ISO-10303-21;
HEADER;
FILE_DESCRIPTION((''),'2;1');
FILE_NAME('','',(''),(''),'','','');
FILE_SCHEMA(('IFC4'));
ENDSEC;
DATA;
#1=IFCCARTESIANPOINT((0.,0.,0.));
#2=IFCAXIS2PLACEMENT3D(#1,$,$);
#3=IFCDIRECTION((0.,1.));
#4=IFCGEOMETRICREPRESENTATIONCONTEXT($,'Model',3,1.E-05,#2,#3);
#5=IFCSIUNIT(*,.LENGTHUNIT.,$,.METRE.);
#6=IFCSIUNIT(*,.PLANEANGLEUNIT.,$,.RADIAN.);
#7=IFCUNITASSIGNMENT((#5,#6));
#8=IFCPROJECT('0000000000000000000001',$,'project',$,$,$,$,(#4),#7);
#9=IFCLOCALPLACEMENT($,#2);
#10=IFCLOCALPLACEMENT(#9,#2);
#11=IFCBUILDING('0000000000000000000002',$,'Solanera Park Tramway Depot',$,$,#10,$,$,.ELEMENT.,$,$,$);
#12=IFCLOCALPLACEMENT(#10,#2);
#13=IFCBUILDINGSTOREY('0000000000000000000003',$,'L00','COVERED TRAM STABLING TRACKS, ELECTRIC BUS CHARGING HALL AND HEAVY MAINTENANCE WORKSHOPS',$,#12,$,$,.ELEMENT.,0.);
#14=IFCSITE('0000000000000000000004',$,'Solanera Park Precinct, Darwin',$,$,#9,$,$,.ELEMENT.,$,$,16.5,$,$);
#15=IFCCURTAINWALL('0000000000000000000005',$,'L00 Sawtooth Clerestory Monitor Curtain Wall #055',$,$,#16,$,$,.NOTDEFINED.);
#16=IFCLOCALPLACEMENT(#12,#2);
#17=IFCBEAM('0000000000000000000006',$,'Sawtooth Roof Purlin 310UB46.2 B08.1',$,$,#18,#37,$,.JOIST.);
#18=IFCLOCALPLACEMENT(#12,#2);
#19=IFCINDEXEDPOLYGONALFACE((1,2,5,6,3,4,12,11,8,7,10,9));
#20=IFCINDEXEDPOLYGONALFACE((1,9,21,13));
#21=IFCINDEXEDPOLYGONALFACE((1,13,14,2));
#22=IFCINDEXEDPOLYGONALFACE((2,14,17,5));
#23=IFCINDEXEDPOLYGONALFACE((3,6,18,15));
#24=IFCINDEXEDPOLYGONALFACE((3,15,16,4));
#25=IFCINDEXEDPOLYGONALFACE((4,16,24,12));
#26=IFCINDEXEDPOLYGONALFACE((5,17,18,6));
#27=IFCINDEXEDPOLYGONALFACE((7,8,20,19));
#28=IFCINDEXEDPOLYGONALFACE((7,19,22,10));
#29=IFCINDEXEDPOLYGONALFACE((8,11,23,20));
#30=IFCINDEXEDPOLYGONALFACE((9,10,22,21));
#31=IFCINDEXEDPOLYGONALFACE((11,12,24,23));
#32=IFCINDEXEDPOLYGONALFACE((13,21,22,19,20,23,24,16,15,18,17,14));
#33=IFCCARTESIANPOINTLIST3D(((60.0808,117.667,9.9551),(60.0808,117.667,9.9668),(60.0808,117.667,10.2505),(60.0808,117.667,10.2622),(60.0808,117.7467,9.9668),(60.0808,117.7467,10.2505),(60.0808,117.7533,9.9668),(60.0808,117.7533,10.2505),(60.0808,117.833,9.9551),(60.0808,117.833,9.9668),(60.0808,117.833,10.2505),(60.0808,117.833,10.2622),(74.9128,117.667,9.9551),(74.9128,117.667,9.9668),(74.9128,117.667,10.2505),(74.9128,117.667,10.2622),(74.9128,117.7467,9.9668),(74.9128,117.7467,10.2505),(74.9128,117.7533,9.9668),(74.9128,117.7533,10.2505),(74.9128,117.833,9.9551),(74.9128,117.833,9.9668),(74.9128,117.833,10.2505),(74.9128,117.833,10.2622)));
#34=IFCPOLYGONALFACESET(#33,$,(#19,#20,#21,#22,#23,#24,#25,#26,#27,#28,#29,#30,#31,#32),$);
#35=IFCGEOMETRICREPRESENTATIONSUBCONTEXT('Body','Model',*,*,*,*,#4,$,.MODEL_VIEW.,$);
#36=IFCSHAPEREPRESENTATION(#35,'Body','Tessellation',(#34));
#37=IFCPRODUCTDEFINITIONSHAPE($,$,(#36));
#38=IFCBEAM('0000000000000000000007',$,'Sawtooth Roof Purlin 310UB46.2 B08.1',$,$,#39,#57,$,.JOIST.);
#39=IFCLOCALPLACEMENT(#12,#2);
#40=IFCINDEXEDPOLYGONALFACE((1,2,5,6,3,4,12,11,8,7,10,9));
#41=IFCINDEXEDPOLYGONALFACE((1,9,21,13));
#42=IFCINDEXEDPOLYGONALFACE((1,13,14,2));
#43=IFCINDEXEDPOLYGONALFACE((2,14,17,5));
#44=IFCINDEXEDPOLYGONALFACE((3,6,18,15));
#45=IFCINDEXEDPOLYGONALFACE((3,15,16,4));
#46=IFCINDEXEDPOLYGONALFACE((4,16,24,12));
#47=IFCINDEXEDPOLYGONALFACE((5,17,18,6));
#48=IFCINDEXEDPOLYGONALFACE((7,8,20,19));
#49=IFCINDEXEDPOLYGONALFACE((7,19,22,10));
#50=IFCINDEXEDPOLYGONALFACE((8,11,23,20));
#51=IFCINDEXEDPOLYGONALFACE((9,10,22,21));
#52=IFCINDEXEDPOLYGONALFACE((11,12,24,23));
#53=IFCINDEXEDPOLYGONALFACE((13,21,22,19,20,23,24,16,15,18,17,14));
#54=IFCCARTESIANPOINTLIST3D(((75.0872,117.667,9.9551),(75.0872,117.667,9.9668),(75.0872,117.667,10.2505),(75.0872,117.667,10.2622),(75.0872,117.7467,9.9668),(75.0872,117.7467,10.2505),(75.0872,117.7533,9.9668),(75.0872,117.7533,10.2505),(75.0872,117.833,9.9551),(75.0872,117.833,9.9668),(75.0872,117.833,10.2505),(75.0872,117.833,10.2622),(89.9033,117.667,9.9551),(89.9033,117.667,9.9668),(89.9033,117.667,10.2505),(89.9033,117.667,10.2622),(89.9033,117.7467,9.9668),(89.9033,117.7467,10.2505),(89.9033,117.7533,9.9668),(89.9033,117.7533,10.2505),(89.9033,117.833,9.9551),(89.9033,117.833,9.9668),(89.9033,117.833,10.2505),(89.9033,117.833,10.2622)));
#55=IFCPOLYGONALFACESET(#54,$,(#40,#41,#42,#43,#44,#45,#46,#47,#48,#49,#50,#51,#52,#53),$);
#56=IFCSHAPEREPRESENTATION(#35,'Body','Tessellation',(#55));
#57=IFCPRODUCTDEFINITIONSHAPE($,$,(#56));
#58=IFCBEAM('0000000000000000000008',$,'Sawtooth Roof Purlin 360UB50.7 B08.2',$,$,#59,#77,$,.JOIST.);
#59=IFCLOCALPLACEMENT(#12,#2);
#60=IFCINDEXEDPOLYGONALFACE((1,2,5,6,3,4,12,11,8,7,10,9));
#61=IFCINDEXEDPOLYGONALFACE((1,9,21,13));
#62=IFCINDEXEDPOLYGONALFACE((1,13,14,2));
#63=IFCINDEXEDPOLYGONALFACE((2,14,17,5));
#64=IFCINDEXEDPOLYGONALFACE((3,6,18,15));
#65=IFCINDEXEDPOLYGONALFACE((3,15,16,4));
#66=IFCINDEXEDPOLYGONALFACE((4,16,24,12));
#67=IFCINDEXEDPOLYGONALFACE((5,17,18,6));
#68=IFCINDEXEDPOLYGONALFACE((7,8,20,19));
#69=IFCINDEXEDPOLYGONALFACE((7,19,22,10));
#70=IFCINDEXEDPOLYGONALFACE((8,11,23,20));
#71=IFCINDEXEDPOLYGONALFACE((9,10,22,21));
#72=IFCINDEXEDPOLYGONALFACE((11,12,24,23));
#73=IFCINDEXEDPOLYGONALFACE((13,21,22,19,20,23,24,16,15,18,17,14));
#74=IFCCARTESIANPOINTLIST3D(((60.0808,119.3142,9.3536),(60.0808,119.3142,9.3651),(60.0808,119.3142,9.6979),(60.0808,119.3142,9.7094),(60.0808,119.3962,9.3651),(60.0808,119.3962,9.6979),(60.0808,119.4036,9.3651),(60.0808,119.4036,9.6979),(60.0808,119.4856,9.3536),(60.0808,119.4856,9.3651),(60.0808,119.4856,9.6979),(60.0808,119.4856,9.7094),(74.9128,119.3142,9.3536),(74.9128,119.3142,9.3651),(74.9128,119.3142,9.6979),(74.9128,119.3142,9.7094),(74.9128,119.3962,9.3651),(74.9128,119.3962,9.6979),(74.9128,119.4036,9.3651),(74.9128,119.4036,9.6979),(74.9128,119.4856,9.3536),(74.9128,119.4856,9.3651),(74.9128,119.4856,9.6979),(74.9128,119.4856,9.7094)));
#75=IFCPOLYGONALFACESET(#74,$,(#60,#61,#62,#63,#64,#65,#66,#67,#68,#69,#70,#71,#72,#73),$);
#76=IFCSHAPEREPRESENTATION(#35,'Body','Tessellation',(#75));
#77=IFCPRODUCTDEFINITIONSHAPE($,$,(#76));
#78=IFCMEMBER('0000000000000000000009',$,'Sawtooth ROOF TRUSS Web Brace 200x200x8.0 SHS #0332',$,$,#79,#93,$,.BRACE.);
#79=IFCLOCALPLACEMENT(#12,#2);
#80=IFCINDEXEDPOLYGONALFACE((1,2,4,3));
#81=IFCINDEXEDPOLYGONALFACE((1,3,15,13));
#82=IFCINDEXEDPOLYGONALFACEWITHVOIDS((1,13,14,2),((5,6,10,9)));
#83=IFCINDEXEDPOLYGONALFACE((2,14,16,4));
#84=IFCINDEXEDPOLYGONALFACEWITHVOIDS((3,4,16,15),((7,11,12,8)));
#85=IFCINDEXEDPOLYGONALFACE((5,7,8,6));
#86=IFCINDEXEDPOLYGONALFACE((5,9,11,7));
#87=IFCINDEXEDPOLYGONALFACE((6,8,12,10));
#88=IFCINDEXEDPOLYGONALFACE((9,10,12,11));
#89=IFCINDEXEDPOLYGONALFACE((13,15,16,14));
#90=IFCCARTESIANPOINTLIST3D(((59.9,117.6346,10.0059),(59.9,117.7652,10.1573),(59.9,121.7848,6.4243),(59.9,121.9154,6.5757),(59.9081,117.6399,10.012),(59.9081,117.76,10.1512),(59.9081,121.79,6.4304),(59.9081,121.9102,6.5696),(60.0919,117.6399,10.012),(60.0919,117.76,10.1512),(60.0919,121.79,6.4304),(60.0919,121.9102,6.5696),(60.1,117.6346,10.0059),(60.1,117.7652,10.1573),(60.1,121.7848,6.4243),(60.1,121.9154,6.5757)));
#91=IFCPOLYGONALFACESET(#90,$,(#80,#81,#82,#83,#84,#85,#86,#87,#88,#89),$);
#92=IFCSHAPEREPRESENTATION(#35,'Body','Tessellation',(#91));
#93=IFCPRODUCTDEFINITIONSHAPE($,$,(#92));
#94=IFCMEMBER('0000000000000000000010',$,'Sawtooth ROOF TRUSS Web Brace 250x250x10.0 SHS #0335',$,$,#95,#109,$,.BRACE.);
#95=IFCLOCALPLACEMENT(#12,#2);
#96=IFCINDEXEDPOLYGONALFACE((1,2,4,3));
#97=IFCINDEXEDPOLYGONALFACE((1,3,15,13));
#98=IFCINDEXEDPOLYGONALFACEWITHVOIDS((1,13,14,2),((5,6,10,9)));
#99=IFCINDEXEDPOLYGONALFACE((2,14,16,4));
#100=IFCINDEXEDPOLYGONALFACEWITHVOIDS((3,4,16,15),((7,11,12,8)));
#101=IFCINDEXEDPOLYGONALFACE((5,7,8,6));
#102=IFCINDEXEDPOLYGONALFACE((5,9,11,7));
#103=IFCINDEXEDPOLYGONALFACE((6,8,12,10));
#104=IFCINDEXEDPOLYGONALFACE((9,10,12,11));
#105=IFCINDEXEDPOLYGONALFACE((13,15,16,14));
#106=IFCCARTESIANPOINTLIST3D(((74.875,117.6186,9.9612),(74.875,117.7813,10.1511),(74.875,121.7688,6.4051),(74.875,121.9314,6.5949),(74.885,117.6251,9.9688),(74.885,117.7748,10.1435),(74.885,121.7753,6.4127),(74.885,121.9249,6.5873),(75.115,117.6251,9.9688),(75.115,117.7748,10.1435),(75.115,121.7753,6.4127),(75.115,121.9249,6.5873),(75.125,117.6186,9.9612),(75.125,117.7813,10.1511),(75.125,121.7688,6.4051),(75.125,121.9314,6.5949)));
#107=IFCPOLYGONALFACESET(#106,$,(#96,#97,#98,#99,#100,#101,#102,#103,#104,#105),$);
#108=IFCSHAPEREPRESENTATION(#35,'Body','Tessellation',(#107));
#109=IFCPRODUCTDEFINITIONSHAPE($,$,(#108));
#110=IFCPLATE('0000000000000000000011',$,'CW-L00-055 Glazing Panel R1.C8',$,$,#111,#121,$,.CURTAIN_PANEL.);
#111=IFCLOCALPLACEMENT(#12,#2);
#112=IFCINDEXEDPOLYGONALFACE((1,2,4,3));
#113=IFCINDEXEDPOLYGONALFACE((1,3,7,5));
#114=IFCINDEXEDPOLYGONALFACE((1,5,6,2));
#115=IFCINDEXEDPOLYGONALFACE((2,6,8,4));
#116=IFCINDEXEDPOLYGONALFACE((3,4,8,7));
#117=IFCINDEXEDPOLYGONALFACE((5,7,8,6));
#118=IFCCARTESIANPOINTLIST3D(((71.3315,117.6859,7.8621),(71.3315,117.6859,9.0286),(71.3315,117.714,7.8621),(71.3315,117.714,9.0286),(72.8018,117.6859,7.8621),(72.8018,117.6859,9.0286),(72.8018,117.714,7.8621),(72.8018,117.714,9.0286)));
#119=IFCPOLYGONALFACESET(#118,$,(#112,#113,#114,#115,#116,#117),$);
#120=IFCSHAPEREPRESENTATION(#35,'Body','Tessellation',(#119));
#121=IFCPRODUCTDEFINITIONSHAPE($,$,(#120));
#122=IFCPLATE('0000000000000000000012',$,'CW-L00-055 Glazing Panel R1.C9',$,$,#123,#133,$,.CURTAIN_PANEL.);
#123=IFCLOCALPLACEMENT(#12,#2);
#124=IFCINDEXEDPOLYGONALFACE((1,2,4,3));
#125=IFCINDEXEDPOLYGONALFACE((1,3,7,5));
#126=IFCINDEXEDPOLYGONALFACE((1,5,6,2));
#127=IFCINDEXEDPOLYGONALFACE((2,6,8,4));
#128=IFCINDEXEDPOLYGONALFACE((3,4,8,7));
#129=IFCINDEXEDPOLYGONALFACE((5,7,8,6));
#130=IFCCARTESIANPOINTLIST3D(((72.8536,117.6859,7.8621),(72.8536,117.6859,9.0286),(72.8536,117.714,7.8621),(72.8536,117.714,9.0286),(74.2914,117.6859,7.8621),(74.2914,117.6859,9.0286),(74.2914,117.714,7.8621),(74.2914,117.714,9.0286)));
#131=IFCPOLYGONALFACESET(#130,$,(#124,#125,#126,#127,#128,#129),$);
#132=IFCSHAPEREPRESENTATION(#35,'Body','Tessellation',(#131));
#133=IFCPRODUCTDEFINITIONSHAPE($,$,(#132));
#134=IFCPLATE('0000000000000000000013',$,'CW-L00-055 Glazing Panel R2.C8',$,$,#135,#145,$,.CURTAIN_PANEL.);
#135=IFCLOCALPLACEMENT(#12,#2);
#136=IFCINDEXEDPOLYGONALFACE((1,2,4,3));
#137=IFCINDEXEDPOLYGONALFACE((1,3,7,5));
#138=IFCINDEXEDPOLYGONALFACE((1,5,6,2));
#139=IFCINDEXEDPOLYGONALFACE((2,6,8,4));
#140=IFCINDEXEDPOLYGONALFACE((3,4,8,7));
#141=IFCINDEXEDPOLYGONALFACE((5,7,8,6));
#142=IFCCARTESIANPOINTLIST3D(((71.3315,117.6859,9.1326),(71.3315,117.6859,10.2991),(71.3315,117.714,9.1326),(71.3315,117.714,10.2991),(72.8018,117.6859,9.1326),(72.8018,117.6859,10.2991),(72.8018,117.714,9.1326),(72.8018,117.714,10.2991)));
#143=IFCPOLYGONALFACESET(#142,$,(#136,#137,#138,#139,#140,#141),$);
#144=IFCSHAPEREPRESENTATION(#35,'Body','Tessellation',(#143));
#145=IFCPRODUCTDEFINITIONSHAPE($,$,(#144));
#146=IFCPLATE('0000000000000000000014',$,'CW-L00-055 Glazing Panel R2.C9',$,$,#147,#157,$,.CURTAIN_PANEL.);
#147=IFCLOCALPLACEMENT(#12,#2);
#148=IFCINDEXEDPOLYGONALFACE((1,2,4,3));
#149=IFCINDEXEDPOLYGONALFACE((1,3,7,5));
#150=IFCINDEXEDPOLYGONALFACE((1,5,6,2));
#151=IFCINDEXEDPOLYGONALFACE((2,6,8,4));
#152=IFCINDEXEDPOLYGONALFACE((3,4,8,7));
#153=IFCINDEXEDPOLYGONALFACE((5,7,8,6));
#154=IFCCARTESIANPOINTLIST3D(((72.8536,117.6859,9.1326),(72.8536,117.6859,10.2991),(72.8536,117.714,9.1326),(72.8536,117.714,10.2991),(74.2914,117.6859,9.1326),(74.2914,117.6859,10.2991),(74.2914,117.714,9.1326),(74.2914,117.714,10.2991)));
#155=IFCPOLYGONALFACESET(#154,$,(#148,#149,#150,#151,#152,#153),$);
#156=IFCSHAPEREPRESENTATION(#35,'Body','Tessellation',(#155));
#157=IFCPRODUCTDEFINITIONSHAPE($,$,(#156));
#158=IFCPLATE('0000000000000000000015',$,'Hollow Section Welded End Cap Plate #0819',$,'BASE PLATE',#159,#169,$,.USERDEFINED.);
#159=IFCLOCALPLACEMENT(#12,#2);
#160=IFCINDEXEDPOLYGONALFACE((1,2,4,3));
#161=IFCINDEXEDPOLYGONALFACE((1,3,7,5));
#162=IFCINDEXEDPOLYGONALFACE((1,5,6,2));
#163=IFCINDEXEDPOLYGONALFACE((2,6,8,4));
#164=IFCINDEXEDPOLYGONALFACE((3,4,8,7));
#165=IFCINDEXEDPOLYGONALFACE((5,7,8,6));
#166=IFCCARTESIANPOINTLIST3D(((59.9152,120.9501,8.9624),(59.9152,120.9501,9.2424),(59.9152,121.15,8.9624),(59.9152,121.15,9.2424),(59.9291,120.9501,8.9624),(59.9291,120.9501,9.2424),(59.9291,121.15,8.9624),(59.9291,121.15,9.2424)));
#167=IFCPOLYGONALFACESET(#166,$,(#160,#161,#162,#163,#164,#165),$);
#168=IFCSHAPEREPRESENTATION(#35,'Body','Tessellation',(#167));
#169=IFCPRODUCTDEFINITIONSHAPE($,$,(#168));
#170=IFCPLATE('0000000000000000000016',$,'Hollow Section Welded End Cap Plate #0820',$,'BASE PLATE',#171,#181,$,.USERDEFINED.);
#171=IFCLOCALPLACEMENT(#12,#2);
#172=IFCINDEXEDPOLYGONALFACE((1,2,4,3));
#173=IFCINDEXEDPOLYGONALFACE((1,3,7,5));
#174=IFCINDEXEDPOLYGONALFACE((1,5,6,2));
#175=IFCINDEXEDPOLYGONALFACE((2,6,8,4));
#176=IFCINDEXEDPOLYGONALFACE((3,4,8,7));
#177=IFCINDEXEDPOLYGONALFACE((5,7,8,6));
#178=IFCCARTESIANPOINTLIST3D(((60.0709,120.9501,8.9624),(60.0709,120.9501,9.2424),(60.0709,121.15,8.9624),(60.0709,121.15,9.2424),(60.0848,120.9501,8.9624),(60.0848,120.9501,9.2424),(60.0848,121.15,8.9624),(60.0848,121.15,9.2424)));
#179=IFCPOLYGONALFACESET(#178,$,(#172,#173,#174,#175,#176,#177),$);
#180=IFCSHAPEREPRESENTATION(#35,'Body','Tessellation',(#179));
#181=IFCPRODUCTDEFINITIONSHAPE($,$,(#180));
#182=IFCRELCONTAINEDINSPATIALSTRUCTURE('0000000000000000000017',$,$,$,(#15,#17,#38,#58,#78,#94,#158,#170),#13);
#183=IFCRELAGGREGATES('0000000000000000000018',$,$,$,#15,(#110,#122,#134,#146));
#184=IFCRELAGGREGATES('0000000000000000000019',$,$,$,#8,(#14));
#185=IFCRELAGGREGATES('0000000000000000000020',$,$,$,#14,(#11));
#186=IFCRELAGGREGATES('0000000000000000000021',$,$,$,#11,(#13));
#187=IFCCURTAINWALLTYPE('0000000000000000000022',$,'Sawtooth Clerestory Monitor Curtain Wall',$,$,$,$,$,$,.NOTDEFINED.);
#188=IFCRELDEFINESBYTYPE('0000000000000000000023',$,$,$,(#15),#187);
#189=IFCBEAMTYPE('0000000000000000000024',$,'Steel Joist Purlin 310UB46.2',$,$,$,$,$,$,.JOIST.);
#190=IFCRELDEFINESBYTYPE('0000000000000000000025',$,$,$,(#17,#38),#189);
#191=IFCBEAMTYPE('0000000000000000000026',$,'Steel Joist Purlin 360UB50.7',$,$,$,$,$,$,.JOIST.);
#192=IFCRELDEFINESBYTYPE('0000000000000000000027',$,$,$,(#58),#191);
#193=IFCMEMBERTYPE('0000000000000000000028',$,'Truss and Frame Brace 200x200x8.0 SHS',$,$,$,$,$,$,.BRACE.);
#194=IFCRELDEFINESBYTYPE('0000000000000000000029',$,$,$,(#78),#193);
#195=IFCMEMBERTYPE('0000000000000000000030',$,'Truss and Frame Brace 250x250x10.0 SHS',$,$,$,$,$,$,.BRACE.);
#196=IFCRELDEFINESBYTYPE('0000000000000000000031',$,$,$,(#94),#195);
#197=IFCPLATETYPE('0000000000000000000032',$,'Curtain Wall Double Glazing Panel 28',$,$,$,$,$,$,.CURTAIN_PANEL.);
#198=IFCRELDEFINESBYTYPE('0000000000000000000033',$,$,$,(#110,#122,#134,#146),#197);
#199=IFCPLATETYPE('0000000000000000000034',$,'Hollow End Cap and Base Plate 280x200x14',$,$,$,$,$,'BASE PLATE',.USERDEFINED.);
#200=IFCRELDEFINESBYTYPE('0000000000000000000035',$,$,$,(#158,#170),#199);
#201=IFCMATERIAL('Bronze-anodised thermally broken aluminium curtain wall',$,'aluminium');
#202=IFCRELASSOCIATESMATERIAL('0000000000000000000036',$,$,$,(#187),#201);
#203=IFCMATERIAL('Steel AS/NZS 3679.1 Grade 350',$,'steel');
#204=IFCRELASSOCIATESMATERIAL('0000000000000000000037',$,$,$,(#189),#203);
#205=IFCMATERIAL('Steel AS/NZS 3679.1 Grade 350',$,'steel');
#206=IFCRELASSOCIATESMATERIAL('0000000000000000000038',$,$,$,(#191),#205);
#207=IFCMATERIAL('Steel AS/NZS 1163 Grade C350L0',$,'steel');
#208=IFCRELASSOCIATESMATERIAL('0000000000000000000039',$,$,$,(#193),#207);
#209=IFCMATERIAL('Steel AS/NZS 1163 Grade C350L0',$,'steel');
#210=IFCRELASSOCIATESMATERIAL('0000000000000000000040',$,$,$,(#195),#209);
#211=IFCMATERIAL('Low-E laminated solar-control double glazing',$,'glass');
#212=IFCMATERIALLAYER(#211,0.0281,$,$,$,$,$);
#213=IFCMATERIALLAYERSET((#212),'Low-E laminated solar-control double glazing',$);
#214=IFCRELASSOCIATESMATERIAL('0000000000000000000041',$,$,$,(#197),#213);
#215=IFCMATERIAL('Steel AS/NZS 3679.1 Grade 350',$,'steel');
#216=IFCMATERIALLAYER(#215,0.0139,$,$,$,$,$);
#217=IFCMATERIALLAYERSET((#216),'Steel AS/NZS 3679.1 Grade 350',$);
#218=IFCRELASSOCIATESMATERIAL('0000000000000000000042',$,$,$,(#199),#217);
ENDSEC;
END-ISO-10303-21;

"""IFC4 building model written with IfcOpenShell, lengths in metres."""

from ifc_helpers import new_model, si_unit, direction, frame, origin, origin_2d, place, context, subcontext, project, spatial, rectangle, hollow_rectangle, i_section, extrude, material, layer, layer_set, material_profile, profile_set, type_object, element, aggregate, save


model = new_model("IFC4")

# Units and contexts
model_context = context("Model", 3, precision=1e-05, world=origin(), true_north=direction((0.0, 1.0)))
body_context = subcontext(model_context, "Body", "Model", "MODEL_VIEW")
ifc_project = project(units=[si_unit("LENGTHUNIT", "METRE"), si_unit("PLANEANGLEUNIT", "RADIAN")], contexts=[model_context])

# Site, building, storey
site_placement = place(None, origin())
site = spatial("IfcSite", under=ifc_project, at=site_placement, Name="Solanera Park Precinct, Darwin", CompositionType="ELEMENT", RefElevation=16.5)
building_placement = place(site_placement, origin())
building = spatial("IfcBuilding", under=site, at=building_placement, Name="Solanera Park Tramway Depot", CompositionType="ELEMENT")
storey_placement = place(building_placement, origin())
storey = spatial("IfcBuildingStorey", under=building, at=storey_placement, Name="L00", Description="COVERED TRAM STABLING TRACKS, ELECTRIC BUS CHARGING HALL AND HEAVY MAINTENANCE WORKSHOPS", CompositionType="ELEMENT", Elevation=0.0)

# Curtain wall
ifc_material_1 = material(Name="Bronze-anodised thermally broken aluminium curtain wall", Category="aluminium")
curtain_wall_type = type_object("IfcCurtainWallType", Name="Sawtooth Clerestory Monitor Curtain Wall", PredefinedType="NOTDEFINED", material=ifc_material_1)
curtain_wall_placement = place(storey_placement, origin())
curtain_wall = element("IfcCurtainWall", 1, at=curtain_wall_placement, inside=storey, type_object=curtain_wall_type, Name="L00 Sawtooth Clerestory Monitor Curtain Wall #055", PredefinedType="NOTDEFINED")

# Beams
ifc_material_2 = material(Name="Steel AS/NZS 3679.1 Grade 350", Category="steel")
ifc_material_profile_1 = material_profile(ifc_material_2, i_section(OverallWidth=0.166, OverallDepth=0.3071, WebThickness=0.0066, FlangeThickness=0.0117, at=origin_2d()), Name="310UB46.2")
ifc_profile_set_1 = profile_set([ifc_material_profile_1], Name="Steel AS/NZS 3679.1 Grade 350")
beam_type_1 = type_object("IfcBeamType", Name="Steel Joist Purlin 310UB46.2", PredefinedType="JOIST", material=ifc_profile_set_1)
beam_1_placement = place(storey_placement, frame((60.0808, 117.75, 10.1086), z_axis=(1.0, 0.0, 0.0), x_axis=(0.0, 1.0, 0.0)))
element("IfcBeam", 2, at=beam_1_placement, inside=storey, type_object=beam_type_1, Name="Sawtooth Roof Purlin 310UB46.2 B08.1", PredefinedType="JOIST", context=body_context, shape_type="SweptSolid", body=[
    extrude(i_section(OverallWidth=0.166, OverallDepth=0.3071, WebThickness=0.0066, FlangeThickness=0.0117, at=origin_2d()), origin(), (0.0, 0.0, 1.0), 14.832),
])
beam_2_placement = place(storey_placement, frame((75.0872, 117.75, 10.1086), z_axis=(1.0, 0.0, 0.0), x_axis=(0.0, 1.0, 0.0)))
element("IfcBeam", 3, at=beam_2_placement, inside=storey, type_object=beam_type_1, Name="Sawtooth Roof Purlin 310UB46.2 B08.1", PredefinedType="JOIST", context=body_context, shape_type="SweptSolid", body=[
    extrude(i_section(OverallWidth=0.166, OverallDepth=0.3071, WebThickness=0.0066, FlangeThickness=0.0117, at=origin_2d()), origin(), (0.0, 0.0, 1.0), 14.8162),
])
ifc_material_3 = material(Name="Steel AS/NZS 3679.1 Grade 350", Category="steel")
ifc_material_profile_2 = material_profile(ifc_material_3, i_section(OverallWidth=0.1714, OverallDepth=0.3557, WebThickness=0.0073, FlangeThickness=0.0115, at=origin_2d()), Name="360UB50.7")
ifc_profile_set_2 = profile_set([ifc_material_profile_2], Name="Steel AS/NZS 3679.1 Grade 350")
beam_type_2 = type_object("IfcBeamType", Name="Steel Joist Purlin 360UB50.7", PredefinedType="JOIST", material=ifc_profile_set_2)
beam_3_placement = place(storey_placement, frame((60.0808, 119.3999, 9.5315), z_axis=(1.0, 0.0, 0.0), x_axis=(0.0, 1.0, 0.0)))
element("IfcBeam", 4, at=beam_3_placement, inside=storey, type_object=beam_type_2, Name="Sawtooth Roof Purlin 360UB50.7 B08.2", PredefinedType="JOIST", context=body_context, shape_type="SweptSolid", body=[
    extrude(i_section(OverallWidth=0.1714, OverallDepth=0.3557, WebThickness=0.0073, FlangeThickness=0.0115, at=origin_2d()), origin(), (0.0, 0.0, 1.0), 14.832),
])

# Members
ifc_material_4 = material(Name="Steel AS/NZS 1163 Grade C350L0", Category="steel")
ifc_material_profile_3 = material_profile(ifc_material_4, hollow_rectangle(XDim=0.2, YDim=0.2, WallThickness=0.0081, at=origin_2d()), Name="200x200x8.0 SHS")
ifc_profile_set_3 = profile_set([ifc_material_profile_3], Name="Steel AS/NZS 1163 Grade C350L0")
member_type_1 = type_object("IfcMemberType", Name="Truss and Frame Brace 200x200x8.0 SHS", PredefinedType="BRACE", material=ifc_profile_set_3)
member_1_placement = place(storey_placement, frame((60.0, 121.8501, 6.5), z_axis=(0.0, -0.757064, 0.65334), x_axis=(1.0, 0.0, 0.0)))
element("IfcMember", 5, at=member_1_placement, inside=storey, type_object=member_type_1, Name="Sawtooth ROOF TRUSS Web Brace 200x200x8.0 SHS #0332", PredefinedType="BRACE", context=body_context, shape_type="SweptSolid", body=[
    extrude(hollow_rectangle(XDim=0.2, YDim=0.2, WallThickness=0.0081, at=origin_2d()), origin(), (0.0, 0.0, 1.0), 5.4819),
])
ifc_material_5 = material(Name="Steel AS/NZS 1163 Grade C350L0", Category="steel")
ifc_material_profile_4 = material_profile(ifc_material_5, hollow_rectangle(XDim=0.25, YDim=0.25, WallThickness=0.01, at=origin_2d()), Name="250x250x10.0 SHS")
ifc_profile_set_4 = profile_set([ifc_material_profile_4], Name="Steel AS/NZS 1163 Grade C350L0")
member_type_2 = type_object("IfcMemberType", Name="Truss and Frame Brace 250x250x10.0 SHS", PredefinedType="BRACE", material=ifc_profile_set_4)
member_2_placement = place(storey_placement, frame((75.0, 121.8501, 6.5), z_axis=(0.0, -0.759357, 0.650674), x_axis=(1.0, 0.0, 0.0)))
element("IfcMember", 6, at=member_2_placement, inside=storey, type_object=member_type_2, Name="Sawtooth ROOF TRUSS Web Brace 250x250x10.0 SHS #0335", PredefinedType="BRACE", context=body_context, shape_type="SweptSolid", body=[
    extrude(hollow_rectangle(XDim=0.25, YDim=0.25, WallThickness=0.01, at=origin_2d()), origin(), (0.0, 0.0, 1.0), 5.4653),
])

# Plates
ifc_material_6 = material(Name="Low-E laminated solar-control double glazing", Category="glass")
ifc_layer_1 = layer(ifc_material_6, 0.0281)
ifc_layer_set_1 = layer_set([ifc_layer_1], Name="Low-E laminated solar-control double glazing")
plate_type_1 = type_object("IfcPlateType", Name="Curtain Wall Double Glazing Panel 28", PredefinedType="CURTAIN_PANEL", material=ifc_layer_set_1)
plate_1_placement = place(storey_placement, frame((72.0667, 117.7, 7.8621), z_axis=(0.0, 0.0, 1.0), x_axis=(1.0, 0.0, 0.0)))
plate_1 = element("IfcPlate", 7, at=plate_1_placement, type_object=plate_type_1, Name="CW-L00-055 Glazing Panel R1.C8", PredefinedType="CURTAIN_PANEL", context=body_context, shape_type="SweptSolid", body=[
    extrude(rectangle(XDim=1.4702, YDim=0.0281, at=origin_2d()), origin(), (0.0, 0.0, 1.0), 1.1665),
])
plate_2_placement = place(storey_placement, frame((73.5725, 117.7, 7.8621), z_axis=(0.0, 0.0, 1.0), x_axis=(1.0, 0.0, 0.0)))
plate_2 = element("IfcPlate", 8, at=plate_2_placement, type_object=plate_type_1, Name="CW-L00-055 Glazing Panel R1.C9", PredefinedType="CURTAIN_PANEL", context=body_context, shape_type="SweptSolid", body=[
    extrude(rectangle(XDim=1.4377, YDim=0.0281, at=origin_2d()), origin(), (0.0, 0.0, 1.0), 1.1665),
])
plate_3_placement = place(storey_placement, frame((72.0667, 117.7, 9.1326), z_axis=(0.0, 0.0, 1.0), x_axis=(1.0, 0.0, 0.0)))
plate_3 = element("IfcPlate", 9, at=plate_3_placement, type_object=plate_type_1, Name="CW-L00-055 Glazing Panel R2.C8", PredefinedType="CURTAIN_PANEL", context=body_context, shape_type="SweptSolid", body=[
    extrude(rectangle(XDim=1.4702, YDim=0.0281, at=origin_2d()), origin(), (0.0, 0.0, 1.0), 1.1665),
])
plate_4_placement = place(storey_placement, frame((73.5725, 117.7, 9.1326), z_axis=(0.0, 0.0, 1.0), x_axis=(1.0, 0.0, 0.0)))
plate_4 = element("IfcPlate", 10, at=plate_4_placement, type_object=plate_type_1, Name="CW-L00-055 Glazing Panel R2.C9", PredefinedType="CURTAIN_PANEL", context=body_context, shape_type="SweptSolid", body=[
    extrude(rectangle(XDim=1.4377, YDim=0.0281, at=origin_2d()), origin(), (0.0, 0.0, 1.0), 1.1665),
])
aggregate(curtain_wall, [plate_1, plate_2, plate_3, plate_4])

# Plates
ifc_material_7 = material(Name="Steel AS/NZS 3679.1 Grade 350", Category="steel")
ifc_layer_2 = layer(ifc_material_7, 0.0139)
ifc_layer_set_2 = layer_set([ifc_layer_2], Name="Steel AS/NZS 3679.1 Grade 350")
plate_type_2 = type_object("IfcPlateType", Name="Hollow End Cap and Base Plate 280x200x14", ElementType="BASE PLATE", PredefinedType="USERDEFINED", material=ifc_layer_set_2)
for number, where, z_axis, x_axis, name in (
    (11, (59.9221, 121.05, 8.9624), (0.0, 0.0, 1.0), (1.0, 0.0, 0.0), "Hollow Section Welded End Cap Plate #0819"),
    (12, (60.0779, 121.05, 8.9624), (0.0, 0.0, 1.0), (1.0, 0.0, 0.0), "Hollow Section Welded End Cap Plate #0820"),
):
    element("IfcPlate", number, at=place(storey_placement, frame(where, z_axis=z_axis, x_axis=x_axis)), inside=storey, type_object=plate_type_2, Name=name, ObjectType="BASE PLATE", PredefinedType="USERDEFINED", context=body_context, shape_type="SweptSolid", body=[
        extrude(rectangle(XDim=0.0139, YDim=0.2, at=origin_2d()), origin(), (0.0, 0.0, 1.0), 0.28),
    ])

save(model, "model.ifc")
